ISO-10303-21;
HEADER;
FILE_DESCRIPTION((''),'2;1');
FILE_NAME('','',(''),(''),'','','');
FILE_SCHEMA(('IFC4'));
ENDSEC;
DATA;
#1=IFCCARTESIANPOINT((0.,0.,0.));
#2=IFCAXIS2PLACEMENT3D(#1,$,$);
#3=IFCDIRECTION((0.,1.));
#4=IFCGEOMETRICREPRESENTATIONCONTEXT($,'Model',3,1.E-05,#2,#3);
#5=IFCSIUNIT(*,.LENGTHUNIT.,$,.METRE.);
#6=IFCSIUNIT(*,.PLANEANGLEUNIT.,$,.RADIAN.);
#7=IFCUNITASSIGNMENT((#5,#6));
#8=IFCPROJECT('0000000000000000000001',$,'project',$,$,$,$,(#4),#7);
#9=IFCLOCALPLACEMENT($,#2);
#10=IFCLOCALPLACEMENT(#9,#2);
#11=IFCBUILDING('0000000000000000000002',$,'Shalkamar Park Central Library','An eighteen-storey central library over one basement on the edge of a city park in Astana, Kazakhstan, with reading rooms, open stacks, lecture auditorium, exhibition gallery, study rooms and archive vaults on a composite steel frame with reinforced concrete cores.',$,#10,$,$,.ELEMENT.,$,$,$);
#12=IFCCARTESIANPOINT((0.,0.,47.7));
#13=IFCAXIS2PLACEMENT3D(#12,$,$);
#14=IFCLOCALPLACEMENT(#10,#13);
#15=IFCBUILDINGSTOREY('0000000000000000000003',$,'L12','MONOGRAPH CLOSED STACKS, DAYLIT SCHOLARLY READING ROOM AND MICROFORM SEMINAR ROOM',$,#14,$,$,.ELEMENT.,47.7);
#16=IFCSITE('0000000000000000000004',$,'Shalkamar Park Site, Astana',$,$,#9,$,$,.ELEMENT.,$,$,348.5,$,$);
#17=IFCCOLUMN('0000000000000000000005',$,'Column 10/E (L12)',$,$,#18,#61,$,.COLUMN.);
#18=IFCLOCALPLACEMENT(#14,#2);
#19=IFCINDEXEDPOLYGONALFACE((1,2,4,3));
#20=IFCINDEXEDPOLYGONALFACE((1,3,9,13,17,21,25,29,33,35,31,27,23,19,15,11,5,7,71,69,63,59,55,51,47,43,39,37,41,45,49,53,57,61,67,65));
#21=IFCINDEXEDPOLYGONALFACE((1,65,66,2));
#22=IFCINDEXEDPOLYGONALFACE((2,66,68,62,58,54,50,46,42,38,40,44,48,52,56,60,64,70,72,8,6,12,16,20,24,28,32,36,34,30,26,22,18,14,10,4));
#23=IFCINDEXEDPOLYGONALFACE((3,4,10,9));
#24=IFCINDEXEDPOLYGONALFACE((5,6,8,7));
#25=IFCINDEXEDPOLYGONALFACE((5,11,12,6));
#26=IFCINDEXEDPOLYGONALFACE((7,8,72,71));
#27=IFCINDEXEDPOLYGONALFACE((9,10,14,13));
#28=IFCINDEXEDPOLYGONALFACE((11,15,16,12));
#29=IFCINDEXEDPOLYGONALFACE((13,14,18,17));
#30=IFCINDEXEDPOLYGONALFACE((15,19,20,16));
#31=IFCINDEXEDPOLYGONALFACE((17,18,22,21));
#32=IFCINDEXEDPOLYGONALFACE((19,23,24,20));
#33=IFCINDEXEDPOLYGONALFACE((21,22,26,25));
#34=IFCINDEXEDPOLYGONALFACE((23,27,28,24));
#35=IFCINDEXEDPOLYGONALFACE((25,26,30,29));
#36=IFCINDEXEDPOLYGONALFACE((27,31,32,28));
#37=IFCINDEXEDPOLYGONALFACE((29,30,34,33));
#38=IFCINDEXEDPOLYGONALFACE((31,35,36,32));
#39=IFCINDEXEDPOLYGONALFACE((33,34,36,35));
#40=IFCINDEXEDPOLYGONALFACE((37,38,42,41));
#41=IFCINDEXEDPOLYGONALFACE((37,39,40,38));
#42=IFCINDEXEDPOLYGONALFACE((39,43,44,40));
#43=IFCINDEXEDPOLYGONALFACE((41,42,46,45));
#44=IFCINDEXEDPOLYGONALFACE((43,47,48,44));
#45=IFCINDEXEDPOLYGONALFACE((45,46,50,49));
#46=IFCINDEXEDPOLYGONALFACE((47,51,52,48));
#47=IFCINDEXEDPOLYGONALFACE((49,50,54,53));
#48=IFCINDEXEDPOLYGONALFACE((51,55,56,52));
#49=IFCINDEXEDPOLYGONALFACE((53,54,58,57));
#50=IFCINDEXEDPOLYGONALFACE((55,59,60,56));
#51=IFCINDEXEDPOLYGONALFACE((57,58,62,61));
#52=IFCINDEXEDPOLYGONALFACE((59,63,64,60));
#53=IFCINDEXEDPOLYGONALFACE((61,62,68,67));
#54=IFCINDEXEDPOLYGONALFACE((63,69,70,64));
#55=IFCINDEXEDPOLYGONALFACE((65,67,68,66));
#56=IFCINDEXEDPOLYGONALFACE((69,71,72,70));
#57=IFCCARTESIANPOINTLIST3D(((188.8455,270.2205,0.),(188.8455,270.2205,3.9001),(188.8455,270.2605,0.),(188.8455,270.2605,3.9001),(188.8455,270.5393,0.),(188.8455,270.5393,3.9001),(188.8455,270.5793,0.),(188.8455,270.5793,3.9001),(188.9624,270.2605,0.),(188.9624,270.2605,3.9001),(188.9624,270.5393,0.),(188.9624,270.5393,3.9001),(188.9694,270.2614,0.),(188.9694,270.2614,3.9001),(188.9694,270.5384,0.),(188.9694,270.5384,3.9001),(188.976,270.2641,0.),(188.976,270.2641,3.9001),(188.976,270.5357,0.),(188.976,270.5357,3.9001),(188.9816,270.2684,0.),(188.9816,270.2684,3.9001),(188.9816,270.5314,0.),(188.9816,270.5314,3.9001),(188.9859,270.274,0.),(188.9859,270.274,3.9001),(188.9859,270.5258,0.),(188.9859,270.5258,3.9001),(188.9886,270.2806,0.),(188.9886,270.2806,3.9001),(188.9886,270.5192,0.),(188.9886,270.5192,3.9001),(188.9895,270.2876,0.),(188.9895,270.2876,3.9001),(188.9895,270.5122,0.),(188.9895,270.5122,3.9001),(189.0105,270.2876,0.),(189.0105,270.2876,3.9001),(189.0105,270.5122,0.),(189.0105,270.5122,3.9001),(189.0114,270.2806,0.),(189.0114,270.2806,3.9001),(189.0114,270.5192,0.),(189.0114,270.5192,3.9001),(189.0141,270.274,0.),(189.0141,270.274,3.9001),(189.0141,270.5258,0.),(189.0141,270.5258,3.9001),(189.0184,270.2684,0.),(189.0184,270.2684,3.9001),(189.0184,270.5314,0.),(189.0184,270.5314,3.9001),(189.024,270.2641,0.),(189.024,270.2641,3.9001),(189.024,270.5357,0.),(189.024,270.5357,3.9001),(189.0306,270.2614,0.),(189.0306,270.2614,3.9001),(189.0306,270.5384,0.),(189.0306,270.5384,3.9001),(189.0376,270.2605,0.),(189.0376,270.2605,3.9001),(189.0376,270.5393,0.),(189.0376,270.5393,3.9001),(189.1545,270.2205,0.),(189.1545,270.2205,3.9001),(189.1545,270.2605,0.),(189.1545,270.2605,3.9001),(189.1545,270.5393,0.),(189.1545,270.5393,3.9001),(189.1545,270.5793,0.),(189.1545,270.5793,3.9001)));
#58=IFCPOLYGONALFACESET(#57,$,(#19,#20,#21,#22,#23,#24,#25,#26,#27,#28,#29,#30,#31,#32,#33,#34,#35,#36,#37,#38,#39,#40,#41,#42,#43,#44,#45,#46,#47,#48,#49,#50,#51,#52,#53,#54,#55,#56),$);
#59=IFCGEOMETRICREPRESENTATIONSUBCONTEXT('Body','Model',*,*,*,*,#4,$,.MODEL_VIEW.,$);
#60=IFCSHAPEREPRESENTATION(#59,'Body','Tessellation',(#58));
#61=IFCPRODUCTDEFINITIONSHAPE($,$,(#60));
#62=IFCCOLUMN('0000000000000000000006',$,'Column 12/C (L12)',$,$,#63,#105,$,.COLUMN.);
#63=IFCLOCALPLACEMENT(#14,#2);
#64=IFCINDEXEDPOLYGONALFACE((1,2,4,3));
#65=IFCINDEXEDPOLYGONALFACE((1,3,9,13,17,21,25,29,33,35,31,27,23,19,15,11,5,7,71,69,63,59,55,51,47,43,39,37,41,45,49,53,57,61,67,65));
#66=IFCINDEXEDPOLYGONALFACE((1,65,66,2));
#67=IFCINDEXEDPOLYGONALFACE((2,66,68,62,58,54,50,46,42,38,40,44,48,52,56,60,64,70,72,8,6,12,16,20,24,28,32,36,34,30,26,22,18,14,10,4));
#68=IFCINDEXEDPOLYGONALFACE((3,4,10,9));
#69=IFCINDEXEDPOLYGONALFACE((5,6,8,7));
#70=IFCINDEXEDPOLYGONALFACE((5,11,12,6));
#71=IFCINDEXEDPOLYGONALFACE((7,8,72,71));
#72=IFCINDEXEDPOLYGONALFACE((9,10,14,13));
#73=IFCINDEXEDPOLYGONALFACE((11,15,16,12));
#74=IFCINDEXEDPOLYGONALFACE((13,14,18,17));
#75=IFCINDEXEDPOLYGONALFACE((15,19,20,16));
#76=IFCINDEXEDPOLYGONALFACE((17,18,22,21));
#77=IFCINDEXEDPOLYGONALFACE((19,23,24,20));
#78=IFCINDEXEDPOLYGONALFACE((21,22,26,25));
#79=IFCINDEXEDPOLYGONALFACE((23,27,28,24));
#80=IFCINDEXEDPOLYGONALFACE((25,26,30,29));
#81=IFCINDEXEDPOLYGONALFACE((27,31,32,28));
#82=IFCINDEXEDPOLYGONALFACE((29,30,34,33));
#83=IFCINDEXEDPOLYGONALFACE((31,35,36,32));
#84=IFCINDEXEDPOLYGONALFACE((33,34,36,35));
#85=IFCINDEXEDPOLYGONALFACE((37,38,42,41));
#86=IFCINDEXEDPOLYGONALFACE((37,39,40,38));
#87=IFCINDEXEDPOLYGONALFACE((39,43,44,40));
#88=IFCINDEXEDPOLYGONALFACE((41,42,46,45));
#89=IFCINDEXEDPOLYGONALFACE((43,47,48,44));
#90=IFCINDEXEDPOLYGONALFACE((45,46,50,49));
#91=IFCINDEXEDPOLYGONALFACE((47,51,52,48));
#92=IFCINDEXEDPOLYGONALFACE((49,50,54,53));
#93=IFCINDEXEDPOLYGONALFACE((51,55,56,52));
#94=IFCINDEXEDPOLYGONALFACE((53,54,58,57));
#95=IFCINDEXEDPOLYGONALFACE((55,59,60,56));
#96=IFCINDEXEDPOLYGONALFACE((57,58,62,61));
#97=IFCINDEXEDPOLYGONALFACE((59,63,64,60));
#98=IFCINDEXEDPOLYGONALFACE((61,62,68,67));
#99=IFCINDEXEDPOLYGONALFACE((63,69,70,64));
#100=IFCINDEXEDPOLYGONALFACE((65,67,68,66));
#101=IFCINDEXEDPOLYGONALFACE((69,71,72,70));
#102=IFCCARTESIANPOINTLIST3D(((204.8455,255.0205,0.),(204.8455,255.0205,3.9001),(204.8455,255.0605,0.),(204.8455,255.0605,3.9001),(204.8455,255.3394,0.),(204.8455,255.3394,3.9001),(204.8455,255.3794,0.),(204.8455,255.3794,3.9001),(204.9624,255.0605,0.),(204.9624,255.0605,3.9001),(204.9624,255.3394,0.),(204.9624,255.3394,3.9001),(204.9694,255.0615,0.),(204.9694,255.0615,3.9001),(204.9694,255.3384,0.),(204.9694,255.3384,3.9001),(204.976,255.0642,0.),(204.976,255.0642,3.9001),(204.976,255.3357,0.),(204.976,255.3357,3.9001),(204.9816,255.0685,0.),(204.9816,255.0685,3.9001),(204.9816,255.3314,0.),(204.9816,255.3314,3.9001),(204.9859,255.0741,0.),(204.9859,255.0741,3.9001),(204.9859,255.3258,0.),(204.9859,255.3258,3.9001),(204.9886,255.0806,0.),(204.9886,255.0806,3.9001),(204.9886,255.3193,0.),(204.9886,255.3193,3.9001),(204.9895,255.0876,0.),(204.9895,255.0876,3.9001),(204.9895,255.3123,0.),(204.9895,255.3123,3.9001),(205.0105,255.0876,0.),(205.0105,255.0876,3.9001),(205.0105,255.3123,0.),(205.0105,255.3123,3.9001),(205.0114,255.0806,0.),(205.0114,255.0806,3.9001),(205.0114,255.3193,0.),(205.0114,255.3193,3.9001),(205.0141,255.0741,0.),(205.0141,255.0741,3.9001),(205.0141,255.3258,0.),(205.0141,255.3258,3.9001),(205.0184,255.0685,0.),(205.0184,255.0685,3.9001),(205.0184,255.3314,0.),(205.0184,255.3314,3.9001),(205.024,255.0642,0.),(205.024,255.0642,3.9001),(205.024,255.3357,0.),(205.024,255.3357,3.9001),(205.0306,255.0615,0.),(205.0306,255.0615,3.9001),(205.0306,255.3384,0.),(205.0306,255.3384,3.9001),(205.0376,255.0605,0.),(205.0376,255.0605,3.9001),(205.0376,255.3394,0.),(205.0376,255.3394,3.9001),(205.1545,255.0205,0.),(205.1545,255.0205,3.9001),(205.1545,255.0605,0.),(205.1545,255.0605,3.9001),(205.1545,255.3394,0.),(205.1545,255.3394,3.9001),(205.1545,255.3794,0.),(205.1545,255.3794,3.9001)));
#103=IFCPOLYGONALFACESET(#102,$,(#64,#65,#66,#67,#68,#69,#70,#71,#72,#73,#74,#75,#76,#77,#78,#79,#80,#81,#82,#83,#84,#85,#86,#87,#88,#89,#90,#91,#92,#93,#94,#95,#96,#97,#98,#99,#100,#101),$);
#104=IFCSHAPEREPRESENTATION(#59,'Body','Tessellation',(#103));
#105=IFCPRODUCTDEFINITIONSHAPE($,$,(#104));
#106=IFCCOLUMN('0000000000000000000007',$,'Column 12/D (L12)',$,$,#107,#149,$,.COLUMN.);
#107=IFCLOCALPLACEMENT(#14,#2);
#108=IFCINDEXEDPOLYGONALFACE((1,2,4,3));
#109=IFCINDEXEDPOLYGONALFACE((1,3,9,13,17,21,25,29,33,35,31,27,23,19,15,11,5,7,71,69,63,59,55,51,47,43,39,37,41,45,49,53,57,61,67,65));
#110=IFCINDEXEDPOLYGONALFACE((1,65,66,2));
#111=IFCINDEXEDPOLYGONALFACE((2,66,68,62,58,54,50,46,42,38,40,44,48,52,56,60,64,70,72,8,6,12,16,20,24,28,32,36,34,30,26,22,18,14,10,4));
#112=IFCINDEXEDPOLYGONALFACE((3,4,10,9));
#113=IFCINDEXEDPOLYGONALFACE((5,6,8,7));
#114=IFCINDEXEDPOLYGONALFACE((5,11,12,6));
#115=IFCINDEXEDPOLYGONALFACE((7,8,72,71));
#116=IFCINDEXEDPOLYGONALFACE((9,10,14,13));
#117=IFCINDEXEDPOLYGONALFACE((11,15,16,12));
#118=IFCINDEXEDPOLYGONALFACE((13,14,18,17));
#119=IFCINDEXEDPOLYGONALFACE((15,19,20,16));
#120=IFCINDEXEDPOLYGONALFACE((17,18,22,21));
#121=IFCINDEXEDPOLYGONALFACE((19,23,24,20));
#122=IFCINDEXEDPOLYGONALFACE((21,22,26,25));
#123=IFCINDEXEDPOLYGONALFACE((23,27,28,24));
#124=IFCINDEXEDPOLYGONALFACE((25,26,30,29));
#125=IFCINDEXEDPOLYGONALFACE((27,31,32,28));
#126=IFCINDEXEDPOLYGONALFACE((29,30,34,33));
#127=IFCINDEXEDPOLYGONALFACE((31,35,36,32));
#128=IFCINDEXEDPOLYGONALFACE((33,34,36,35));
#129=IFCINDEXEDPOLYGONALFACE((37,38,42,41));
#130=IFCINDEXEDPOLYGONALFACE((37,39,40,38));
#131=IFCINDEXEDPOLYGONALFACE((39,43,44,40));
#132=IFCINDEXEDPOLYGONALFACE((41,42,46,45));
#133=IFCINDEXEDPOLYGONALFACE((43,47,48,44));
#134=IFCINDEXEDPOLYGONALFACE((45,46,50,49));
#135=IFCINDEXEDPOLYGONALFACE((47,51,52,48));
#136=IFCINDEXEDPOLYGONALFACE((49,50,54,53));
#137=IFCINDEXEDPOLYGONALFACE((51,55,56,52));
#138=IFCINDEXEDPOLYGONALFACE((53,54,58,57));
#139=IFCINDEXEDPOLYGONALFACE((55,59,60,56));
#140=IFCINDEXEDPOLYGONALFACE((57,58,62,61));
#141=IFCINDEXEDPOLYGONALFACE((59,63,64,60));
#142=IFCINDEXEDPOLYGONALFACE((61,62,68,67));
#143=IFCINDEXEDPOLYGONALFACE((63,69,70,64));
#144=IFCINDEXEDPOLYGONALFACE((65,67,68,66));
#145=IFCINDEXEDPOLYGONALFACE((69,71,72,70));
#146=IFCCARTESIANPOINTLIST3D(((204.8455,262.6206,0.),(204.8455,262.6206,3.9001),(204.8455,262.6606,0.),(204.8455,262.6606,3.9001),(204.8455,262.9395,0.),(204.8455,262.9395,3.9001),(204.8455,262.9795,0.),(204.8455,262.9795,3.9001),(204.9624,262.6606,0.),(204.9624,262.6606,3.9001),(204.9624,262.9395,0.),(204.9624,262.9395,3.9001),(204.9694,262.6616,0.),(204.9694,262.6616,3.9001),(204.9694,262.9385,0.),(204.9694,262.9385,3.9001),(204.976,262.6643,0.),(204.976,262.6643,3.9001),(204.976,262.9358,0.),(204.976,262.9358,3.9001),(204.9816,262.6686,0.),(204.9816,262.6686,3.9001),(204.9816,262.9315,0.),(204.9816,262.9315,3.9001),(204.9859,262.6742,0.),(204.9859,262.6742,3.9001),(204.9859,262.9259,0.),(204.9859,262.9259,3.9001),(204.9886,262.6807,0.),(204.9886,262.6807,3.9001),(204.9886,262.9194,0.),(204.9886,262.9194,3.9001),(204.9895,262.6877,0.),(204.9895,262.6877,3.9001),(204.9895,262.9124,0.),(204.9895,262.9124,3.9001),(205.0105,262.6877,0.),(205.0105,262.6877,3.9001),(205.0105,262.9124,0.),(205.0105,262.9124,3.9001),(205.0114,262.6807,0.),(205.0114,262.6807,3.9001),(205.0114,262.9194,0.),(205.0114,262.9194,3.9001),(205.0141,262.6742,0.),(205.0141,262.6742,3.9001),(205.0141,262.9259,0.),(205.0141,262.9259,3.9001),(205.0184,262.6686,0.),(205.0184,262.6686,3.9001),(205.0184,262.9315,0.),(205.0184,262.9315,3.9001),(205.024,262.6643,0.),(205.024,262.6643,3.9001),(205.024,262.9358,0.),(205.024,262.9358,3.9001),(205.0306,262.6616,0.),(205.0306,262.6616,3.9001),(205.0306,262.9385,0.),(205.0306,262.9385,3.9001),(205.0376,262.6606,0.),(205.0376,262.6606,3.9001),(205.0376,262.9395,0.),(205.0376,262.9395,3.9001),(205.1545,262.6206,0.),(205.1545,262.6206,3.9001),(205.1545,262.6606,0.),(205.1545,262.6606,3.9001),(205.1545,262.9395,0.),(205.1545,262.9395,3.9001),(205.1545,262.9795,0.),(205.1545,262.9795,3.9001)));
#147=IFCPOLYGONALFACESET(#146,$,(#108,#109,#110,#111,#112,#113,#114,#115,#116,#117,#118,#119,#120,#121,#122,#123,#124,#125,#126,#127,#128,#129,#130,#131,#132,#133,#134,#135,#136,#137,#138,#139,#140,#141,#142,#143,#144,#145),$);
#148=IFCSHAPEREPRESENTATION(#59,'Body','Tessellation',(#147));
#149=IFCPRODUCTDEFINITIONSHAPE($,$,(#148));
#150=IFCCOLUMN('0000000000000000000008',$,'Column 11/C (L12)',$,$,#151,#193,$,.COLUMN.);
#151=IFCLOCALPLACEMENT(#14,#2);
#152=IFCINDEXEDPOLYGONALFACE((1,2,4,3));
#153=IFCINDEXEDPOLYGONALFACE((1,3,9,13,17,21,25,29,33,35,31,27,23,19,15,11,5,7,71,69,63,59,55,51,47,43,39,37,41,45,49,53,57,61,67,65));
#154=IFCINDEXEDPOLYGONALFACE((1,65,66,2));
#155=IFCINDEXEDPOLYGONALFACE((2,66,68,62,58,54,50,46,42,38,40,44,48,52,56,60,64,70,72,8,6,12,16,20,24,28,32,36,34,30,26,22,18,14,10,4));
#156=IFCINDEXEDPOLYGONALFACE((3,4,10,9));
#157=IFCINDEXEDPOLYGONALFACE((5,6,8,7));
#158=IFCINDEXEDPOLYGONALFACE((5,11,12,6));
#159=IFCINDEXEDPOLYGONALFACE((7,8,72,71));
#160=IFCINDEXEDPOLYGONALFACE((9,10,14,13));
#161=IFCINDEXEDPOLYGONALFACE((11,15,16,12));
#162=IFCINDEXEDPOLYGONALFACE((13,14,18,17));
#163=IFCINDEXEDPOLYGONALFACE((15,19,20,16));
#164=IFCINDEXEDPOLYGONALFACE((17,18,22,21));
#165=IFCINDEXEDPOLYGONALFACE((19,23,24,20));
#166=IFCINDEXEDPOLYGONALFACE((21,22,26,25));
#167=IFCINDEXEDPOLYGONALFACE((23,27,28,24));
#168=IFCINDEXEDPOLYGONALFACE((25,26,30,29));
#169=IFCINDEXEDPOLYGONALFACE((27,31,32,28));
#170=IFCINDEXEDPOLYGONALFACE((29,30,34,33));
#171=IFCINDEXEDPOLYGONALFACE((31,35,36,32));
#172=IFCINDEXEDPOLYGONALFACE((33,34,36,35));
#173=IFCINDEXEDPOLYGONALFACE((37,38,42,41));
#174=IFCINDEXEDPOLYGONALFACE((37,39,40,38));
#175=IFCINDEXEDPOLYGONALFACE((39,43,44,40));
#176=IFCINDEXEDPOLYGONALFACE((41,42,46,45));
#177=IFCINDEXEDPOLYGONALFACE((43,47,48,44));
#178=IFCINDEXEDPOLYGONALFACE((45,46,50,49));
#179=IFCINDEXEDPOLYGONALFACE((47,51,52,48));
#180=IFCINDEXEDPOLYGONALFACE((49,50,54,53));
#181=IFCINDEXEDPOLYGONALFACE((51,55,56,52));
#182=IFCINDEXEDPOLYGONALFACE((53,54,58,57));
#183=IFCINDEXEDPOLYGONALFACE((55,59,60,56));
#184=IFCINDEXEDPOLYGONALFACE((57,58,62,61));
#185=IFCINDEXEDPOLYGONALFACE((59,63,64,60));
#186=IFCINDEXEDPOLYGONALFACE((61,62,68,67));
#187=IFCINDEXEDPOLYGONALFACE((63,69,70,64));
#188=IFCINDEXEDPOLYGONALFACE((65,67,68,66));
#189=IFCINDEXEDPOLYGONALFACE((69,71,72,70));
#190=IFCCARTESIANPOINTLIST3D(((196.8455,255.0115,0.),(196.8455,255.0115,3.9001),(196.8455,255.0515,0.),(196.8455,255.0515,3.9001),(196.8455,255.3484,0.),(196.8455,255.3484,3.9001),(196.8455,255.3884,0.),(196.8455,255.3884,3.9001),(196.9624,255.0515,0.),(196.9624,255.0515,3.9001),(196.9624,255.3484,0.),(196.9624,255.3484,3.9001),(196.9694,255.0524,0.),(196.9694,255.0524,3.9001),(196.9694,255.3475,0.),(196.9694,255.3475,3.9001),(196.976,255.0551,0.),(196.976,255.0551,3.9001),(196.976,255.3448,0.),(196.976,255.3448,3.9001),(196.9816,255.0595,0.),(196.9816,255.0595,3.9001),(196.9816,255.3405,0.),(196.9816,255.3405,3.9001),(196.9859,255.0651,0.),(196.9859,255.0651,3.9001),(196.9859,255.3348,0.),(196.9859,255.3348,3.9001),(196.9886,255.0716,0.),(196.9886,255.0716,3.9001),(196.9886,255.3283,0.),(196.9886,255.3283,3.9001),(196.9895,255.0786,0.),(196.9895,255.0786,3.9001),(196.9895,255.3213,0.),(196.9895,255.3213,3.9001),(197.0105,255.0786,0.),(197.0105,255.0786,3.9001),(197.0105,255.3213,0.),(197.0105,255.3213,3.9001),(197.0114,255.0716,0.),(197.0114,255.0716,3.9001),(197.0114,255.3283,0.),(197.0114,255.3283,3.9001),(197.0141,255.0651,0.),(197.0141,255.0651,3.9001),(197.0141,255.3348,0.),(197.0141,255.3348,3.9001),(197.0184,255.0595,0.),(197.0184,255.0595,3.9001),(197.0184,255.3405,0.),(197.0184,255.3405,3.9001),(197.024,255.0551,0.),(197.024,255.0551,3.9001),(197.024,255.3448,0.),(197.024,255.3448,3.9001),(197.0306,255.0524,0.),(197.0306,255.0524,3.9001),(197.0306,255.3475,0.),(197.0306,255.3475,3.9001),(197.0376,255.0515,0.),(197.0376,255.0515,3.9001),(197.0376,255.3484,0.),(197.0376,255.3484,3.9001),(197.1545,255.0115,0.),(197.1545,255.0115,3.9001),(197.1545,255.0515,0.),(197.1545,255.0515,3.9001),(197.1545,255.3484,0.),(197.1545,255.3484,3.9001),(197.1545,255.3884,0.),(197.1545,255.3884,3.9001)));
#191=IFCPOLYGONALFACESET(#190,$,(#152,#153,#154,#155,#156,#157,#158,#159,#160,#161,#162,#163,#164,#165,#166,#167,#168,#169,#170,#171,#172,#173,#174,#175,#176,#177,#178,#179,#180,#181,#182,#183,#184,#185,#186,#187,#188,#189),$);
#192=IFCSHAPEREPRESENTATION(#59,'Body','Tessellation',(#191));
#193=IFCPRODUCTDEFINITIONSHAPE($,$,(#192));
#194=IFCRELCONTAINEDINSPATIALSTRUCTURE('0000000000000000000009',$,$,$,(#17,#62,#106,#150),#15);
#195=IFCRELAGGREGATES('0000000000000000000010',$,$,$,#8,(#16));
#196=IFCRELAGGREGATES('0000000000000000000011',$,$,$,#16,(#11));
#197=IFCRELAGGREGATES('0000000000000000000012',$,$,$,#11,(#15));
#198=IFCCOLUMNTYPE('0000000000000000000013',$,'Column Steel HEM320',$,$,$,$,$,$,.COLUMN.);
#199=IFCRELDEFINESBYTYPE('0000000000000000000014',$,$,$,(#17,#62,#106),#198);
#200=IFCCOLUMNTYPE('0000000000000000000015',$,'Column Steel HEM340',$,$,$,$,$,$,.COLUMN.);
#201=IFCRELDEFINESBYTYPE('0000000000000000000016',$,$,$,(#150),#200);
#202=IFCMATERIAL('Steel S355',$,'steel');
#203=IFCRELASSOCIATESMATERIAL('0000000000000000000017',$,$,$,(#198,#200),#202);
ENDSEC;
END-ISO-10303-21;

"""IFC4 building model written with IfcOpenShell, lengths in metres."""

from ifc_helpers import new_model, si_unit, direction, frame, origin, origin_2d, place, context, subcontext, project, spatial, i_section, extrude, material, material_profile, profile_set, type_object, element, save


model = new_model("IFC4")

# Units and contexts
model_context = context("Model", 3, precision=1e-05, world=origin(), true_north=direction((0.0, 1.0)))
body_context = subcontext(model_context, "Body", "Model", "MODEL_VIEW")
ifc_project = project(units=[si_unit("LENGTHUNIT", "METRE"), si_unit("PLANEANGLEUNIT", "RADIAN")], contexts=[model_context])

# Site, building, storey
site_placement = place(None, origin())
site = spatial("IfcSite", under=ifc_project, at=site_placement, Name="Shalkamar Park Site, Astana", CompositionType="ELEMENT", RefElevation=348.5)
building_placement = place(site_placement, origin())
building = spatial("IfcBuilding", under=site, at=building_placement, Name="Shalkamar Park Central Library", Description="An eighteen-storey central library over one basement on the edge of a city park in Astana, Kazakhstan, with reading rooms, open stacks, lecture auditorium, exhibition gallery, study rooms and archive vaults on a composite steel frame with reinforced concrete cores.", CompositionType="ELEMENT")
storey_placement = place(building_placement, frame((0.0, 0.0, 47.7)))
storey = spatial("IfcBuildingStorey", under=building, at=storey_placement, Name="L12", Description="MONOGRAPH CLOSED STACKS, DAYLIT SCHOLARLY READING ROOM AND MICROFORM SEMINAR ROOM", CompositionType="ELEMENT", Elevation=47.7)

# Columns
ifc_material_1 = material(Name="Steel S355", Category="steel")
ifc_material_profile_1 = material_profile(ifc_material_1, i_section(OverallWidth=0.3091, OverallDepth=0.3589, WebThickness=0.021, FlangeThickness=0.04, FilletRadius=0.0271, at=origin_2d()), Name="HEM 320")
ifc_profile_set_1 = profile_set([ifc_material_profile_1], Name="Steel S355")
column_type_1 = type_object("IfcColumnType", Name="Column Steel HEM320", PredefinedType="COLUMN", material=ifc_profile_set_1)
for number, where, z_axis, x_axis, name in (
    (1, (189.0, 270.3999, 0.0), (0.0, 0.0, 1.0), (1.0, 0.0, 0.0), "Column 10/E (L12)"),
    (2, (205.0, 255.2, 0.0), (0.0, 0.0, 1.0), (1.0, 0.0, 0.0), "Column 12/C (L12)"),
    (3, (205.0, 262.8, 0.0), (0.0, 0.0, 1.0), (1.0, 0.0, 0.0), "Column 12/D (L12)"),
):
    element("IfcColumn", number, at=place(storey_placement, frame(where, z_axis=z_axis, x_axis=x_axis)), inside=storey, type_object=column_type_1, Name=name, PredefinedType="COLUMN", context=body_context, shape_type="SweptSolid", body=[
        extrude(i_section(OverallWidth=0.3091, OverallDepth=0.3589, WebThickness=0.021, FlangeThickness=0.04, FilletRadius=0.0271, at=origin_2d()), origin(), (0.0, 0.0, 1.0), 3.9001),
    ])
ifc_material_profile_2 = material_profile(ifc_material_1, i_section(OverallWidth=0.3091, OverallDepth=0.377, WebThickness=0.021, FlangeThickness=0.04, FilletRadius=0.0271, at=origin_2d()), Name="HEM 340")
ifc_profile_set_2 = profile_set([ifc_material_profile_2], Name="Steel S355")
column_type_2 = type_object("IfcColumnType", Name="Column Steel HEM340", PredefinedType="COLUMN", material=ifc_profile_set_2)
for number, where, z_axis, x_axis, name in (
    (4, (197.0, 255.2, 0.0), (0.0, 0.0, 1.0), (1.0, 0.0, 0.0), "Column 11/C (L12)"),
):
    element("IfcColumn", number, at=place(storey_placement, frame(where, z_axis=z_axis, x_axis=x_axis)), inside=storey, type_object=column_type_2, Name=name, PredefinedType="COLUMN", context=body_context, shape_type="SweptSolid", body=[
        extrude(i_section(OverallWidth=0.3091, OverallDepth=0.377, WebThickness=0.021, FlangeThickness=0.04, FilletRadius=0.0271, at=origin_2d()), origin(), (0.0, 0.0, 1.0), 3.9001),
    ])

save(model, "model.ifc")
